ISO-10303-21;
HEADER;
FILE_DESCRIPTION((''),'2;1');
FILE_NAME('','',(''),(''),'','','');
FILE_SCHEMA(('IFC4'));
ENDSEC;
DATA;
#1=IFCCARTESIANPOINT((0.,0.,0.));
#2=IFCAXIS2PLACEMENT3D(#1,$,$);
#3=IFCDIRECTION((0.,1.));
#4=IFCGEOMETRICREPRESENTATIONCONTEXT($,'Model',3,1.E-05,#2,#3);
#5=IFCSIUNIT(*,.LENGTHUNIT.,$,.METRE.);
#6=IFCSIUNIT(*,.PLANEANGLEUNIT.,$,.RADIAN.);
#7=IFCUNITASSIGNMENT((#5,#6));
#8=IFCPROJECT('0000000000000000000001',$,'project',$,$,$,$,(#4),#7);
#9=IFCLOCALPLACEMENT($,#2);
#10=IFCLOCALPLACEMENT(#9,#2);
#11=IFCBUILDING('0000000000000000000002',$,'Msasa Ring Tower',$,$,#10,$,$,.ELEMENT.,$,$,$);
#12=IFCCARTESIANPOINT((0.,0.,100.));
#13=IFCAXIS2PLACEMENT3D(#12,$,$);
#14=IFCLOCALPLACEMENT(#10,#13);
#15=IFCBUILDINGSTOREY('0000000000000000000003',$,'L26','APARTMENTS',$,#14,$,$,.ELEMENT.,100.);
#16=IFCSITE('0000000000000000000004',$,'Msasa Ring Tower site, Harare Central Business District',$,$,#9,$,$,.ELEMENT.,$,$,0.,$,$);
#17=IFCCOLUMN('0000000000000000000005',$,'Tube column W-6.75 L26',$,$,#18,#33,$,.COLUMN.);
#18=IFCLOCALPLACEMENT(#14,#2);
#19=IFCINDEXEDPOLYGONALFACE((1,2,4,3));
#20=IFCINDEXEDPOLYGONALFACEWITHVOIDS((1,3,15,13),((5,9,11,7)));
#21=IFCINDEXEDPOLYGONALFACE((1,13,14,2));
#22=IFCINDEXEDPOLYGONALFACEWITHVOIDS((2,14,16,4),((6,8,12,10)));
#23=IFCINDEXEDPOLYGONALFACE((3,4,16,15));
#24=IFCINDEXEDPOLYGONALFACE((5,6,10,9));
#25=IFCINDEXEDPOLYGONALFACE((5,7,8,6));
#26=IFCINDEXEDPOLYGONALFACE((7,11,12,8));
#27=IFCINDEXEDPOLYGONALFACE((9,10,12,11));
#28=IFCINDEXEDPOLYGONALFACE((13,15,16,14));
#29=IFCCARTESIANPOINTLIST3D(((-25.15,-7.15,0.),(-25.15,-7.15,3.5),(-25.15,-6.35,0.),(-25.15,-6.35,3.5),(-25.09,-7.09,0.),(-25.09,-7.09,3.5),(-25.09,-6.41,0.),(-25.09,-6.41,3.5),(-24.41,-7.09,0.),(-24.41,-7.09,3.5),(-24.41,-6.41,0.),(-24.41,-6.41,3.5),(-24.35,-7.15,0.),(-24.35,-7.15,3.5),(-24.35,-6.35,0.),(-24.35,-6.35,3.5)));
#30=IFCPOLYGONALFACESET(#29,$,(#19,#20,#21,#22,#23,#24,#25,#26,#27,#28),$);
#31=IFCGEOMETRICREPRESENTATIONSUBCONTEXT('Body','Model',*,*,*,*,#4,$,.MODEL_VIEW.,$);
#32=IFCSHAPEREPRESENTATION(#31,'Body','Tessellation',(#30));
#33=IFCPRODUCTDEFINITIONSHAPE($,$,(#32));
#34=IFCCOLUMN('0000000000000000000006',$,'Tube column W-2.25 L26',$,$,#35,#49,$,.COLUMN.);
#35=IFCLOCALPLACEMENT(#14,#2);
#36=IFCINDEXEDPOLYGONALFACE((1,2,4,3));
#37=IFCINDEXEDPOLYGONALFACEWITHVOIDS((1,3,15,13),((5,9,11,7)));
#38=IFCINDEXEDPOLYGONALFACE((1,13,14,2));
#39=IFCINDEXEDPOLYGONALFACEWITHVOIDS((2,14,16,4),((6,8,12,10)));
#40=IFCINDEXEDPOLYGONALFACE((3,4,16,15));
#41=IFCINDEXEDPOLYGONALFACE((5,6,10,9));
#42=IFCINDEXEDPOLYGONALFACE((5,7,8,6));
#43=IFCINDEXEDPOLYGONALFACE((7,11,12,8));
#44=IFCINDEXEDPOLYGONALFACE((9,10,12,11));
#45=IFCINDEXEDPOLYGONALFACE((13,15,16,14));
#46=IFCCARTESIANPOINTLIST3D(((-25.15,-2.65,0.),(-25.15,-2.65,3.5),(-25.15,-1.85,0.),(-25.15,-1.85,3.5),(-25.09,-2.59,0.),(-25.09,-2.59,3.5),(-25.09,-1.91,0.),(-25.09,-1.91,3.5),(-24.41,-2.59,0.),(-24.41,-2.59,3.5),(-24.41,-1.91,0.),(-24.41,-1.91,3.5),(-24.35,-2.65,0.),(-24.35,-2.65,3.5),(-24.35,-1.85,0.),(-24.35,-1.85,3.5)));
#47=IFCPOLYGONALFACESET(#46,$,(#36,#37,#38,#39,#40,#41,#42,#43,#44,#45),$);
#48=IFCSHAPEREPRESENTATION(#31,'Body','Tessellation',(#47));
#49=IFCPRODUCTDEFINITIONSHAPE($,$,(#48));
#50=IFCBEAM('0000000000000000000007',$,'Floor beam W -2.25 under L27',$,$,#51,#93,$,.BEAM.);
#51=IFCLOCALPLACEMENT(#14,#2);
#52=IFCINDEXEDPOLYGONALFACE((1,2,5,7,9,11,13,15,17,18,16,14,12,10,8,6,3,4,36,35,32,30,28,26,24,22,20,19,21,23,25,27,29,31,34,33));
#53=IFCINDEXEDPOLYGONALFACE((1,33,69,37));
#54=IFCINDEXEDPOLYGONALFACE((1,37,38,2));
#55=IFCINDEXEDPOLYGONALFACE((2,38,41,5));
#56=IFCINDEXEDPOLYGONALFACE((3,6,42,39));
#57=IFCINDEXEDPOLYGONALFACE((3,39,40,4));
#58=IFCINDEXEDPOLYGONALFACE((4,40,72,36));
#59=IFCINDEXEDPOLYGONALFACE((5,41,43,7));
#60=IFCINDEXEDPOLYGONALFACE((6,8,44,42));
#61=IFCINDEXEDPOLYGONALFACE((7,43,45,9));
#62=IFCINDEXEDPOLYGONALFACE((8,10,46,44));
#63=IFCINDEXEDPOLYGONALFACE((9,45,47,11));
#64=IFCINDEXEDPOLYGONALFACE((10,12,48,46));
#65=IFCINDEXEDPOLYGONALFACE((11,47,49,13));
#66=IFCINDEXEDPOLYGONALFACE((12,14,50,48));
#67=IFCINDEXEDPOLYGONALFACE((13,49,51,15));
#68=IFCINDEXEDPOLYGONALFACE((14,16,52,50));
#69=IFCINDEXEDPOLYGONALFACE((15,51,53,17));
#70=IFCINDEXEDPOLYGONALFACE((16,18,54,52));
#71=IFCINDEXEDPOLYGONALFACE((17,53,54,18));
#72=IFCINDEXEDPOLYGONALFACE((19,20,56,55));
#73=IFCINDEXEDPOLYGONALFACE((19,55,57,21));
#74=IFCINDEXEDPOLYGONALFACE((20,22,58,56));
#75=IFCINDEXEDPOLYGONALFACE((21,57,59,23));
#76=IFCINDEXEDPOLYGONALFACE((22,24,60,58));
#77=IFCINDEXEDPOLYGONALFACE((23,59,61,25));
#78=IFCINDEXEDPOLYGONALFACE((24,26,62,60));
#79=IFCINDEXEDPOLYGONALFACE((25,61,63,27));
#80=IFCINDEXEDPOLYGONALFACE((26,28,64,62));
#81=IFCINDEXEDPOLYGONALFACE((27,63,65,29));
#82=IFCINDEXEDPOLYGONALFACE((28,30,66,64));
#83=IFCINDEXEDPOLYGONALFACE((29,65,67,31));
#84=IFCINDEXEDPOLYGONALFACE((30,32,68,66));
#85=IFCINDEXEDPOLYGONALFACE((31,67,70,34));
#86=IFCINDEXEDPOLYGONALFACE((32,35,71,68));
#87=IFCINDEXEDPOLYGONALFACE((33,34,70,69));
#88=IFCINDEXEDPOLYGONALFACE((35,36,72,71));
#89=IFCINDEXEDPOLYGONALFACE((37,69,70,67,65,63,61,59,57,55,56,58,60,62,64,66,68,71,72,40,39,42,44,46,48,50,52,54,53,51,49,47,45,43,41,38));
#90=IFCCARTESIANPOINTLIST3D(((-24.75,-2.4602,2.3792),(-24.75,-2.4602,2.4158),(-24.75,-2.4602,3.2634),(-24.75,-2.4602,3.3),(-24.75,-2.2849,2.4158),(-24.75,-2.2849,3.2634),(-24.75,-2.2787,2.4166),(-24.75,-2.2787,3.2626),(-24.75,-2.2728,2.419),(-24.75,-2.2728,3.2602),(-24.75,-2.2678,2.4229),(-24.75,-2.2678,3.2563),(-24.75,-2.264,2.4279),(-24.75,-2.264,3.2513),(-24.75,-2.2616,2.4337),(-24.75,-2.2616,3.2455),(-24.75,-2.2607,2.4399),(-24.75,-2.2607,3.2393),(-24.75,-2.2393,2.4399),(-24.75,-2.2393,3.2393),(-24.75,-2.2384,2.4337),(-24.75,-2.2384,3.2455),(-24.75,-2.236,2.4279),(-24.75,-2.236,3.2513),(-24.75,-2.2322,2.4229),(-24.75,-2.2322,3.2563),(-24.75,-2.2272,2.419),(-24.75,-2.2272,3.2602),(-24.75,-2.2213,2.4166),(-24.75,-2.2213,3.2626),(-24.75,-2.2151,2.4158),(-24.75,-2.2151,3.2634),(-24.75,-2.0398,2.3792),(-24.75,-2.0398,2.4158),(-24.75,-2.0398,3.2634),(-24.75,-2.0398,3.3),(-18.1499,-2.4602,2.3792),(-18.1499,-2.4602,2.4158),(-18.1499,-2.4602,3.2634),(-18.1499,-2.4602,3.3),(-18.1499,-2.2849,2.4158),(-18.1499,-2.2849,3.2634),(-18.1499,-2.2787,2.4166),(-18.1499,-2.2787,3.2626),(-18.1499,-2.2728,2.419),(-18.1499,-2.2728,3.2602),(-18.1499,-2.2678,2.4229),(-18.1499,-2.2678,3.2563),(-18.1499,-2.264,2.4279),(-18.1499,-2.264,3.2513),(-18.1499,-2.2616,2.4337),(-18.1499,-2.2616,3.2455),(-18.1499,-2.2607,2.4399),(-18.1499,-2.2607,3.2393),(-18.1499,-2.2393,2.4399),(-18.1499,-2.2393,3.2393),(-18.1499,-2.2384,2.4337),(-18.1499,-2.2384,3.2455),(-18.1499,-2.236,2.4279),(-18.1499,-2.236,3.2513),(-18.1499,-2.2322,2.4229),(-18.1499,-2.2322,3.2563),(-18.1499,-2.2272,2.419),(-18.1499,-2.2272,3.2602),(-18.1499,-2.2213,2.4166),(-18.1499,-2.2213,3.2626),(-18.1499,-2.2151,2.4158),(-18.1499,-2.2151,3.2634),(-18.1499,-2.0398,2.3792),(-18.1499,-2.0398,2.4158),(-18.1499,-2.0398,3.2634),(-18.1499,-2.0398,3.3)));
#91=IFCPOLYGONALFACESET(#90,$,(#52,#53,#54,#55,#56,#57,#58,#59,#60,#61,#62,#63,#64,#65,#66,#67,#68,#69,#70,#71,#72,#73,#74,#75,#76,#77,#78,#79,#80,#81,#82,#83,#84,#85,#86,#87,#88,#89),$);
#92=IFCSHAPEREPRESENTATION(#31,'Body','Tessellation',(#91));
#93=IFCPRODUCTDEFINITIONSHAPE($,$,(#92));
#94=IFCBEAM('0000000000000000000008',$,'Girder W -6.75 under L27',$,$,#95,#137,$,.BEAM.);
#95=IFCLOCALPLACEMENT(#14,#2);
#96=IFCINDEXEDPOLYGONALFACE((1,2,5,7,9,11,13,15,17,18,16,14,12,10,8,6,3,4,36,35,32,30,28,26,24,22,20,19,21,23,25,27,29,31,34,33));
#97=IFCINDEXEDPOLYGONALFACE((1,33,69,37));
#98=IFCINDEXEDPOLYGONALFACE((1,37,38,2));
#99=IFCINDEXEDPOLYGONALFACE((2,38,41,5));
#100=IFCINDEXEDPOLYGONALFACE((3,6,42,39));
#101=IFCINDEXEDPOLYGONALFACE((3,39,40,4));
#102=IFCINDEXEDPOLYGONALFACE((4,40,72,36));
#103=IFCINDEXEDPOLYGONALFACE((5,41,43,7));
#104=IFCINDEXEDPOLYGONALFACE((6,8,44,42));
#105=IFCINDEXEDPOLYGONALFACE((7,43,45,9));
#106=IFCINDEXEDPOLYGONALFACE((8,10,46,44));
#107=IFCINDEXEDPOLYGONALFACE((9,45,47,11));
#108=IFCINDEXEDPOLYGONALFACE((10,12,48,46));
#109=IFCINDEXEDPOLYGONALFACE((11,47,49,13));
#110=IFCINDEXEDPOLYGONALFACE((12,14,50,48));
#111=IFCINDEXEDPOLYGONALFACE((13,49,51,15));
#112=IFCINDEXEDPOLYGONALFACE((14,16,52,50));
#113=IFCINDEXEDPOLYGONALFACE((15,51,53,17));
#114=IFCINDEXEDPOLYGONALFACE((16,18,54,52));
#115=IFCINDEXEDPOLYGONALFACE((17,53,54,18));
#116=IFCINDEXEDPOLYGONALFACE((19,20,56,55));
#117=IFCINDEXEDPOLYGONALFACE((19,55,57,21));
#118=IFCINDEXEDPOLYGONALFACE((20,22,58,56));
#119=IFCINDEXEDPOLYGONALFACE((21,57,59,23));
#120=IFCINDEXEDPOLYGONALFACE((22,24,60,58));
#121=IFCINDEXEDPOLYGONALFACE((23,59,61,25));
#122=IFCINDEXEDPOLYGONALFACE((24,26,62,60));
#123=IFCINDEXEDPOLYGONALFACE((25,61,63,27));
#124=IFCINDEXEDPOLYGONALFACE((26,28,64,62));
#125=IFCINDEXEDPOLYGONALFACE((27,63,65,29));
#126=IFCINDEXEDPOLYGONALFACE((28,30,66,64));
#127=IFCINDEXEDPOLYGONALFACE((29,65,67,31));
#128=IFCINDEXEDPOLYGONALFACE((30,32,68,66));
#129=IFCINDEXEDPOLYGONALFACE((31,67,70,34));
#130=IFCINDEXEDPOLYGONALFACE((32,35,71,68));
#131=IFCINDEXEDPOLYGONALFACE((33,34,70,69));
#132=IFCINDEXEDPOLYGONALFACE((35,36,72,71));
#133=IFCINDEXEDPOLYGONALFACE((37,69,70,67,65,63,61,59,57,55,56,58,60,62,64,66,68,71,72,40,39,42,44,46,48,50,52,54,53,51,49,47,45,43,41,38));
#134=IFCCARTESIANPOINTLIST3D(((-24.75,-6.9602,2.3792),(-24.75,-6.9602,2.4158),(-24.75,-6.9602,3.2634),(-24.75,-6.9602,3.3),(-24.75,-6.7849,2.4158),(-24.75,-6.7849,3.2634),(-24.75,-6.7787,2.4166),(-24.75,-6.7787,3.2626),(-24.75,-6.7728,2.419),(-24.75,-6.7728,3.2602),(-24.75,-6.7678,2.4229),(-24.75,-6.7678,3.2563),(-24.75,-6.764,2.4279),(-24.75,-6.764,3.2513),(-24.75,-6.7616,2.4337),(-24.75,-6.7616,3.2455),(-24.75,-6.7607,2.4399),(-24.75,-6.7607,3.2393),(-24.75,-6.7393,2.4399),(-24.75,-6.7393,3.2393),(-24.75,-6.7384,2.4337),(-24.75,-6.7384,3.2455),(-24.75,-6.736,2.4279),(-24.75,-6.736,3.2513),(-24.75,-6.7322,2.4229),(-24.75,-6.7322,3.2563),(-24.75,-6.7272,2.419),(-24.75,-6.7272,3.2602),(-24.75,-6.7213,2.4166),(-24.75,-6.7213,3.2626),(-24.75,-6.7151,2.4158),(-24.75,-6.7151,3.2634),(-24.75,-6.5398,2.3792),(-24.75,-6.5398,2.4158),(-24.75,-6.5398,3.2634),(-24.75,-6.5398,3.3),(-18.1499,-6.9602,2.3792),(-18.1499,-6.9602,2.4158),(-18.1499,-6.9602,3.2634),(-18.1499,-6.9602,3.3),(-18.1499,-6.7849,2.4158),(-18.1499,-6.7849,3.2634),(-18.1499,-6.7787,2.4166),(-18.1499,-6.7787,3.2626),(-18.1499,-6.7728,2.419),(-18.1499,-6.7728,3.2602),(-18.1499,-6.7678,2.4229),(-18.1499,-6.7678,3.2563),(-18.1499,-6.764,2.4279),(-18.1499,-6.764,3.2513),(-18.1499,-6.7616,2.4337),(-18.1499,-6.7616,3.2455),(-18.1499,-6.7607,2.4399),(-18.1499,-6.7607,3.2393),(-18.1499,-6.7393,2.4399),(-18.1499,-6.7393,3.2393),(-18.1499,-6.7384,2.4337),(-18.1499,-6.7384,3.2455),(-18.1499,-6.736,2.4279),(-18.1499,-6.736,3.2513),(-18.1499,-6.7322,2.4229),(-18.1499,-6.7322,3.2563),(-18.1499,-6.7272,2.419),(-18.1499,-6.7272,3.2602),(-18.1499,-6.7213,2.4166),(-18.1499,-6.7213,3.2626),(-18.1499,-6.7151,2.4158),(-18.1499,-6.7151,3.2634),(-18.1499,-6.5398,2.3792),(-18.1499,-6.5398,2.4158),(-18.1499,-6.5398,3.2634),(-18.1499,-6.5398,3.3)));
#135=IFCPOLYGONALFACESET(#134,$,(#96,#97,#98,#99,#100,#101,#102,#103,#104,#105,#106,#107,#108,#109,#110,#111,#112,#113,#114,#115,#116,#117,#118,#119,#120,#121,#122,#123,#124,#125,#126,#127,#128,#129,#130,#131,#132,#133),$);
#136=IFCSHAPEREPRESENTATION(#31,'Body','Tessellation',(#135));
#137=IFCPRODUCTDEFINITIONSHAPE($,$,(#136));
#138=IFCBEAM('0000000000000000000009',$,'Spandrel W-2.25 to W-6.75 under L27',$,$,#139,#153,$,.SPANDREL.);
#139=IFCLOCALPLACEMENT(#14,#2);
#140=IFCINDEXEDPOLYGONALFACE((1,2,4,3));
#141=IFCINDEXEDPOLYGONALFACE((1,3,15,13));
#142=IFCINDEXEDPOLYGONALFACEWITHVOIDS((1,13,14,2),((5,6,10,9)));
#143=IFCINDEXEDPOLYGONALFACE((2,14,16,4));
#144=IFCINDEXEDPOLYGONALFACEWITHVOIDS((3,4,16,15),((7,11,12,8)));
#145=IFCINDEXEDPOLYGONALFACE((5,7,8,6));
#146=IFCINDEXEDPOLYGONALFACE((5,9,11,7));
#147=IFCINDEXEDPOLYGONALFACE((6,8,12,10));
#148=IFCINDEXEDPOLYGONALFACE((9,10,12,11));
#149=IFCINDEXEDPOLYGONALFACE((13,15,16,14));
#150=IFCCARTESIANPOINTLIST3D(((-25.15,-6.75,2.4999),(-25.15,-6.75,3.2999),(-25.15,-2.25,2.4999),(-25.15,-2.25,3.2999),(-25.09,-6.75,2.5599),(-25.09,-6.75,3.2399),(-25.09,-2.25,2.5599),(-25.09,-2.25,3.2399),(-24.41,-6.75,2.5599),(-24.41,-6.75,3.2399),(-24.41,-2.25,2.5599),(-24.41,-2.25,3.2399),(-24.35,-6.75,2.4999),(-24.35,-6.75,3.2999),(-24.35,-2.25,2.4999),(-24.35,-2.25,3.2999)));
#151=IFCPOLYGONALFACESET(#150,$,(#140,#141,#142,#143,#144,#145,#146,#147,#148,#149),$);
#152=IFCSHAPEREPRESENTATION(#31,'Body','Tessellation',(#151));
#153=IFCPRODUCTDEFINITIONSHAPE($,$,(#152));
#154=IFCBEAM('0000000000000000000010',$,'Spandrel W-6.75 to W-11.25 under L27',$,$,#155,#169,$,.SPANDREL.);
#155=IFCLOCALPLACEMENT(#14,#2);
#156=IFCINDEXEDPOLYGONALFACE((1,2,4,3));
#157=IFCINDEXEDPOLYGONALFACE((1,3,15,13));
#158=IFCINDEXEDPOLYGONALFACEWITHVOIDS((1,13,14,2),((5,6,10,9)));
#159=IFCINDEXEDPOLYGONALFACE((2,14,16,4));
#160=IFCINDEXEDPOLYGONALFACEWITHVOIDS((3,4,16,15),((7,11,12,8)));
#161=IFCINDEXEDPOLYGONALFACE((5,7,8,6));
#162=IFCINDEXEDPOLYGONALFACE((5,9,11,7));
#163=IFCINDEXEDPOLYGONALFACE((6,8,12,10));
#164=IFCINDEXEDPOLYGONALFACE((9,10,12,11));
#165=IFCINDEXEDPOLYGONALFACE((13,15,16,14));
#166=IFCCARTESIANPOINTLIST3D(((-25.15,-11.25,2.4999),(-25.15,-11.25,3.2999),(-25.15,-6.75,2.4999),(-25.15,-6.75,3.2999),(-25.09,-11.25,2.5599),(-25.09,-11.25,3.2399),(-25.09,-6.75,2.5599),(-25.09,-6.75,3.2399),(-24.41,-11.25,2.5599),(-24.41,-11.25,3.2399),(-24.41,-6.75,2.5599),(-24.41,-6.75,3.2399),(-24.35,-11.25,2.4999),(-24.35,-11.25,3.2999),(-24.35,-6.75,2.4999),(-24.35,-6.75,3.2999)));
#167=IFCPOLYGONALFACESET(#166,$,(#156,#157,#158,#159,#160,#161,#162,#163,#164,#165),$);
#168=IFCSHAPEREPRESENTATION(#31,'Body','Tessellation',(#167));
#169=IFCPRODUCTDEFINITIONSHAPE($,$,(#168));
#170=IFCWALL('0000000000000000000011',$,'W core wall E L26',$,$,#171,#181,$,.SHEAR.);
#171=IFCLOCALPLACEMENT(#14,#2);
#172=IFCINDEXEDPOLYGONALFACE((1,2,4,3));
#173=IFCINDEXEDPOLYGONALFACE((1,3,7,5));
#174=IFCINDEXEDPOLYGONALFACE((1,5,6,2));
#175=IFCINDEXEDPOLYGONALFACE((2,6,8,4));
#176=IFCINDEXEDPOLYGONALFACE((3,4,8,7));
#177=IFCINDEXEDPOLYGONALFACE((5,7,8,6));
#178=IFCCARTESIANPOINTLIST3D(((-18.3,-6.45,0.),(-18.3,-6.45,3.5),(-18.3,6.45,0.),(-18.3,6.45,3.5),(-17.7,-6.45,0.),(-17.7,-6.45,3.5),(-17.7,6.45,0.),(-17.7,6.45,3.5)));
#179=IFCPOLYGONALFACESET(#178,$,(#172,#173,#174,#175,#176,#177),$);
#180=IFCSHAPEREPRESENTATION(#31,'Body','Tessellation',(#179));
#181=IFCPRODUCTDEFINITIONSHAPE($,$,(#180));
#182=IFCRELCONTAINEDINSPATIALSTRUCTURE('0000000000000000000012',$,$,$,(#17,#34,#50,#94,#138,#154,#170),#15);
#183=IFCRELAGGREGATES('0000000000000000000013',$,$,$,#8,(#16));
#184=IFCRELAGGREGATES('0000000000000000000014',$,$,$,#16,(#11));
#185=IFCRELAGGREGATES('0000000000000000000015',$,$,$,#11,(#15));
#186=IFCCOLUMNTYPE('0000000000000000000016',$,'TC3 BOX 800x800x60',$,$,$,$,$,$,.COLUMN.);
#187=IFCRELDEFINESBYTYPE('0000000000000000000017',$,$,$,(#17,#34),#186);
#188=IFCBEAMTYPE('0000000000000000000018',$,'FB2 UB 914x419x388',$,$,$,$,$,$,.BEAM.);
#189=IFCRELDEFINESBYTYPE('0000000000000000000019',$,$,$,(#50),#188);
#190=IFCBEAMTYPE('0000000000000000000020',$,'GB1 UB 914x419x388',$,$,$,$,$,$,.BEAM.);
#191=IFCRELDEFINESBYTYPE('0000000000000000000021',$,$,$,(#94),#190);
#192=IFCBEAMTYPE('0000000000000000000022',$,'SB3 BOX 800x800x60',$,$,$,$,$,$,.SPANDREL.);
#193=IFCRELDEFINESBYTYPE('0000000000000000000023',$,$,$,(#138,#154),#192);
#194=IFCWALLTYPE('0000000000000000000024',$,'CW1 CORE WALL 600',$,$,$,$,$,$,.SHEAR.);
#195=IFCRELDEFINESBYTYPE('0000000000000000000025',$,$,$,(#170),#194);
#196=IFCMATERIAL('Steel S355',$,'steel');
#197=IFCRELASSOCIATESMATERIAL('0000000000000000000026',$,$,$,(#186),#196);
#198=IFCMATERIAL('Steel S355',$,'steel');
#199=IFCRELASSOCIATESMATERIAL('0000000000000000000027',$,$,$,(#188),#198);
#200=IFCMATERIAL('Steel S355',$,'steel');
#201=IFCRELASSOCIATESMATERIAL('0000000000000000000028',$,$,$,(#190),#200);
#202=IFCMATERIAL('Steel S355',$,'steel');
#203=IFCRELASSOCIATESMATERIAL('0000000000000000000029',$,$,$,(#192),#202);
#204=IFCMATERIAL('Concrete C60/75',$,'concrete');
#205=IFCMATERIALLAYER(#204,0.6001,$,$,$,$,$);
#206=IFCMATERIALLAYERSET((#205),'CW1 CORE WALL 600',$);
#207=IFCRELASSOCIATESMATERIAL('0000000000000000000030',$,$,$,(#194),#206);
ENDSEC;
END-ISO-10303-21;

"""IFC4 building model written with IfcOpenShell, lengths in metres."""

from ifc_helpers import new_model, si_unit, direction, frame, frame_2d, origin, origin_2d, place, context, subcontext, project, spatial, rectangle, hollow_rectangle, i_section, extrude, material, layer, layer_set, material_profile, profile_set, type_object, element, save


model = new_model("IFC4")

# Units and contexts
model_context = context("Model", 3, precision=1e-05, world=origin(), true_north=direction((0.0, 1.0)))
body_context = subcontext(model_context, "Body", "Model", "MODEL_VIEW")
ifc_project = project(units=[si_unit("LENGTHUNIT", "METRE"), si_unit("PLANEANGLEUNIT", "RADIAN")], contexts=[model_context])

# Site, building, storey
site_placement = place(None, origin())
site = spatial("IfcSite", under=ifc_project, at=site_placement, Name="Msasa Ring Tower site, Harare Central Business District", CompositionType="ELEMENT", RefElevation=0.0)
building_placement = place(site_placement, origin())
building = spatial("IfcBuilding", under=site, at=building_placement, Name="Msasa Ring Tower", CompositionType="ELEMENT")
storey_placement = place(building_placement, frame((0.0, 0.0, 100.0)))
storey = spatial("IfcBuildingStorey", under=building, at=storey_placement, Name="L26", Description="APARTMENTS", CompositionType="ELEMENT", Elevation=100.0)

# Columns
ifc_material_1 = material(Name="Steel S355", Category="steel")
ifc_material_profile_1 = material_profile(ifc_material_1, hollow_rectangle(XDim=0.8, YDim=0.8, WallThickness=0.0601, at=origin_2d()), Name="BOX 800x800x60")
ifc_profile_set_1 = profile_set([ifc_material_profile_1], Name="Steel S355")
column_type = type_object("IfcColumnType", Name="TC3 BOX 800x800x60", PredefinedType="COLUMN", material=ifc_profile_set_1)
for number, where, z_axis, x_axis, name in (
    (1, (-24.75, -6.75, 0.0), (0.0, 0.0, 1.0), (1.0, 0.0, 0.0), "Tube column W-6.75 L26"),
    (2, (-24.75, -2.25, 0.0), (0.0, 0.0, 1.0), (1.0, 0.0, 0.0), "Tube column W-2.25 L26"),
):
    element("IfcColumn", number, at=place(storey_placement, frame(where, z_axis=z_axis, x_axis=x_axis)), inside=storey, type_object=column_type, Name=name, PredefinedType="COLUMN", context=body_context, shape_type="SweptSolid", body=[
        extrude(hollow_rectangle(XDim=0.8, YDim=0.8, WallThickness=0.0601, at=origin_2d()), origin(), (0.0, 0.0, 1.0), 3.5),
    ])

# Beams
ifc_material_2 = material(Name="Steel S355", Category="steel")
ifc_material_profile_2 = material_profile(ifc_material_2, i_section(OverallWidth=0.4204, OverallDepth=0.9209, WebThickness=0.0215, FlangeThickness=0.0366, FilletRadius=0.0242, at=origin_2d()), Name="UB 914x419x388")
ifc_profile_set_2 = profile_set([ifc_material_profile_2], Name="Steel S355")
beam_type_1 = type_object("IfcBeamType", Name="FB2 UB 914x419x388", PredefinedType="BEAM", material=ifc_profile_set_2)
beam_1_placement = place(storey_placement, frame((-24.75, -2.25, 2.8396), z_axis=(1.0, 0.0, 0.0), x_axis=(0.0, 1.0, 0.0)))
element("IfcBeam", 3, at=beam_1_placement, inside=storey, type_object=beam_type_1, Name="Floor beam W -2.25 under L27", PredefinedType="BEAM", context=body_context, shape_type="SweptSolid", body=[
    extrude(i_section(OverallWidth=0.4204, OverallDepth=0.9209, WebThickness=0.0215, FlangeThickness=0.0366, FilletRadius=0.0242, at=origin_2d()), origin(), (0.0, 0.0, 1.0), 6.6001),
])
ifc_material_3 = material(Name="Steel S355", Category="steel")
ifc_material_profile_3 = material_profile(ifc_material_3, i_section(OverallWidth=0.4204, OverallDepth=0.9209, WebThickness=0.0215, FlangeThickness=0.0366, FilletRadius=0.0242, at=origin_2d()), Name="UB 914x419x388")
ifc_profile_set_3 = profile_set([ifc_material_profile_3], Name="Steel S355")
beam_type_2 = type_object("IfcBeamType", Name="GB1 UB 914x419x388", PredefinedType="BEAM", material=ifc_profile_set_3)
beam_2_placement = place(storey_placement, frame((-18.1499, -6.75, 2.8396), z_axis=(-1.0, 0.0, 0.0), x_axis=(0.0, -1.0, 0.0)))
element("IfcBeam", 4, at=beam_2_placement, inside=storey, type_object=beam_type_2, Name="Girder W -6.75 under L27", PredefinedType="BEAM", context=body_context, shape_type="SweptSolid", body=[
    extrude(i_section(OverallWidth=0.4204, OverallDepth=0.9209, WebThickness=0.0215, FlangeThickness=0.0366, FilletRadius=0.0242, at=origin_2d()), origin(), (0.0, 0.0, 1.0), 6.6001),
])
ifc_material_4 = material(Name="Steel S355", Category="steel")
ifc_material_profile_4 = material_profile(ifc_material_4, hollow_rectangle(XDim=0.8, YDim=0.8, WallThickness=0.0601, at=origin_2d()), Name="BOX 800x800x60")
ifc_profile_set_4 = profile_set([ifc_material_profile_4], Name="Steel S355")
beam_type_3 = type_object("IfcBeamType", Name="SB3 BOX 800x800x60", PredefinedType="SPANDREL", material=ifc_profile_set_4)
for number, where, z_axis, x_axis, name in (
    (5, (-24.75, -2.25, 2.8999), (0.0, -1.0, 0.0), (1.0, 0.0, 0.0), "Spandrel W-2.25 to W-6.75 under L27"),
    (6, (-24.75, -6.75, 2.8999), (0.0, -1.0, 0.0), (1.0, 0.0, 0.0), "Spandrel W-6.75 to W-11.25 under L27"),
):
    element("IfcBeam", number, at=place(storey_placement, frame(where, z_axis=z_axis, x_axis=x_axis)), inside=storey, type_object=beam_type_3, Name=name, PredefinedType="SPANDREL", context=body_context, shape_type="SweptSolid", body=[
        extrude(hollow_rectangle(XDim=0.8, YDim=0.8, WallThickness=0.0601, at=origin_2d()), origin(), (0.0, 0.0, 1.0), 4.5),
    ])

# Wall
ifc_material_5 = material(Name="Concrete C60/75", Category="concrete")
ifc_layer_1 = layer(ifc_material_5, 0.6001)
ifc_layer_set_1 = layer_set([ifc_layer_1], Name="CW1 CORE WALL 600")
wall_type_1 = type_object("IfcWallType", Name="CW1 CORE WALL 600", PredefinedType="SHEAR", material=ifc_layer_set_1)
wall_1_placement = place(storey_placement, frame((-18.0, -6.45, 0.0), z_axis=(0.0, 0.0, 1.0), x_axis=(0.0, 1.0, 0.0)))
element("IfcWall", 7, at=wall_1_placement, inside=storey, type_object=wall_type_1, Name="W core wall E L26", PredefinedType="SHEAR", context=body_context, shape_type="SweptSolid", body=[
    extrude(rectangle(XDim=12.8999, YDim=0.6001, at=frame_2d((6.45, 0.0))), origin(), (0.0, 0.0, 1.0), 3.5),
])

save(model, "model.ifc")
